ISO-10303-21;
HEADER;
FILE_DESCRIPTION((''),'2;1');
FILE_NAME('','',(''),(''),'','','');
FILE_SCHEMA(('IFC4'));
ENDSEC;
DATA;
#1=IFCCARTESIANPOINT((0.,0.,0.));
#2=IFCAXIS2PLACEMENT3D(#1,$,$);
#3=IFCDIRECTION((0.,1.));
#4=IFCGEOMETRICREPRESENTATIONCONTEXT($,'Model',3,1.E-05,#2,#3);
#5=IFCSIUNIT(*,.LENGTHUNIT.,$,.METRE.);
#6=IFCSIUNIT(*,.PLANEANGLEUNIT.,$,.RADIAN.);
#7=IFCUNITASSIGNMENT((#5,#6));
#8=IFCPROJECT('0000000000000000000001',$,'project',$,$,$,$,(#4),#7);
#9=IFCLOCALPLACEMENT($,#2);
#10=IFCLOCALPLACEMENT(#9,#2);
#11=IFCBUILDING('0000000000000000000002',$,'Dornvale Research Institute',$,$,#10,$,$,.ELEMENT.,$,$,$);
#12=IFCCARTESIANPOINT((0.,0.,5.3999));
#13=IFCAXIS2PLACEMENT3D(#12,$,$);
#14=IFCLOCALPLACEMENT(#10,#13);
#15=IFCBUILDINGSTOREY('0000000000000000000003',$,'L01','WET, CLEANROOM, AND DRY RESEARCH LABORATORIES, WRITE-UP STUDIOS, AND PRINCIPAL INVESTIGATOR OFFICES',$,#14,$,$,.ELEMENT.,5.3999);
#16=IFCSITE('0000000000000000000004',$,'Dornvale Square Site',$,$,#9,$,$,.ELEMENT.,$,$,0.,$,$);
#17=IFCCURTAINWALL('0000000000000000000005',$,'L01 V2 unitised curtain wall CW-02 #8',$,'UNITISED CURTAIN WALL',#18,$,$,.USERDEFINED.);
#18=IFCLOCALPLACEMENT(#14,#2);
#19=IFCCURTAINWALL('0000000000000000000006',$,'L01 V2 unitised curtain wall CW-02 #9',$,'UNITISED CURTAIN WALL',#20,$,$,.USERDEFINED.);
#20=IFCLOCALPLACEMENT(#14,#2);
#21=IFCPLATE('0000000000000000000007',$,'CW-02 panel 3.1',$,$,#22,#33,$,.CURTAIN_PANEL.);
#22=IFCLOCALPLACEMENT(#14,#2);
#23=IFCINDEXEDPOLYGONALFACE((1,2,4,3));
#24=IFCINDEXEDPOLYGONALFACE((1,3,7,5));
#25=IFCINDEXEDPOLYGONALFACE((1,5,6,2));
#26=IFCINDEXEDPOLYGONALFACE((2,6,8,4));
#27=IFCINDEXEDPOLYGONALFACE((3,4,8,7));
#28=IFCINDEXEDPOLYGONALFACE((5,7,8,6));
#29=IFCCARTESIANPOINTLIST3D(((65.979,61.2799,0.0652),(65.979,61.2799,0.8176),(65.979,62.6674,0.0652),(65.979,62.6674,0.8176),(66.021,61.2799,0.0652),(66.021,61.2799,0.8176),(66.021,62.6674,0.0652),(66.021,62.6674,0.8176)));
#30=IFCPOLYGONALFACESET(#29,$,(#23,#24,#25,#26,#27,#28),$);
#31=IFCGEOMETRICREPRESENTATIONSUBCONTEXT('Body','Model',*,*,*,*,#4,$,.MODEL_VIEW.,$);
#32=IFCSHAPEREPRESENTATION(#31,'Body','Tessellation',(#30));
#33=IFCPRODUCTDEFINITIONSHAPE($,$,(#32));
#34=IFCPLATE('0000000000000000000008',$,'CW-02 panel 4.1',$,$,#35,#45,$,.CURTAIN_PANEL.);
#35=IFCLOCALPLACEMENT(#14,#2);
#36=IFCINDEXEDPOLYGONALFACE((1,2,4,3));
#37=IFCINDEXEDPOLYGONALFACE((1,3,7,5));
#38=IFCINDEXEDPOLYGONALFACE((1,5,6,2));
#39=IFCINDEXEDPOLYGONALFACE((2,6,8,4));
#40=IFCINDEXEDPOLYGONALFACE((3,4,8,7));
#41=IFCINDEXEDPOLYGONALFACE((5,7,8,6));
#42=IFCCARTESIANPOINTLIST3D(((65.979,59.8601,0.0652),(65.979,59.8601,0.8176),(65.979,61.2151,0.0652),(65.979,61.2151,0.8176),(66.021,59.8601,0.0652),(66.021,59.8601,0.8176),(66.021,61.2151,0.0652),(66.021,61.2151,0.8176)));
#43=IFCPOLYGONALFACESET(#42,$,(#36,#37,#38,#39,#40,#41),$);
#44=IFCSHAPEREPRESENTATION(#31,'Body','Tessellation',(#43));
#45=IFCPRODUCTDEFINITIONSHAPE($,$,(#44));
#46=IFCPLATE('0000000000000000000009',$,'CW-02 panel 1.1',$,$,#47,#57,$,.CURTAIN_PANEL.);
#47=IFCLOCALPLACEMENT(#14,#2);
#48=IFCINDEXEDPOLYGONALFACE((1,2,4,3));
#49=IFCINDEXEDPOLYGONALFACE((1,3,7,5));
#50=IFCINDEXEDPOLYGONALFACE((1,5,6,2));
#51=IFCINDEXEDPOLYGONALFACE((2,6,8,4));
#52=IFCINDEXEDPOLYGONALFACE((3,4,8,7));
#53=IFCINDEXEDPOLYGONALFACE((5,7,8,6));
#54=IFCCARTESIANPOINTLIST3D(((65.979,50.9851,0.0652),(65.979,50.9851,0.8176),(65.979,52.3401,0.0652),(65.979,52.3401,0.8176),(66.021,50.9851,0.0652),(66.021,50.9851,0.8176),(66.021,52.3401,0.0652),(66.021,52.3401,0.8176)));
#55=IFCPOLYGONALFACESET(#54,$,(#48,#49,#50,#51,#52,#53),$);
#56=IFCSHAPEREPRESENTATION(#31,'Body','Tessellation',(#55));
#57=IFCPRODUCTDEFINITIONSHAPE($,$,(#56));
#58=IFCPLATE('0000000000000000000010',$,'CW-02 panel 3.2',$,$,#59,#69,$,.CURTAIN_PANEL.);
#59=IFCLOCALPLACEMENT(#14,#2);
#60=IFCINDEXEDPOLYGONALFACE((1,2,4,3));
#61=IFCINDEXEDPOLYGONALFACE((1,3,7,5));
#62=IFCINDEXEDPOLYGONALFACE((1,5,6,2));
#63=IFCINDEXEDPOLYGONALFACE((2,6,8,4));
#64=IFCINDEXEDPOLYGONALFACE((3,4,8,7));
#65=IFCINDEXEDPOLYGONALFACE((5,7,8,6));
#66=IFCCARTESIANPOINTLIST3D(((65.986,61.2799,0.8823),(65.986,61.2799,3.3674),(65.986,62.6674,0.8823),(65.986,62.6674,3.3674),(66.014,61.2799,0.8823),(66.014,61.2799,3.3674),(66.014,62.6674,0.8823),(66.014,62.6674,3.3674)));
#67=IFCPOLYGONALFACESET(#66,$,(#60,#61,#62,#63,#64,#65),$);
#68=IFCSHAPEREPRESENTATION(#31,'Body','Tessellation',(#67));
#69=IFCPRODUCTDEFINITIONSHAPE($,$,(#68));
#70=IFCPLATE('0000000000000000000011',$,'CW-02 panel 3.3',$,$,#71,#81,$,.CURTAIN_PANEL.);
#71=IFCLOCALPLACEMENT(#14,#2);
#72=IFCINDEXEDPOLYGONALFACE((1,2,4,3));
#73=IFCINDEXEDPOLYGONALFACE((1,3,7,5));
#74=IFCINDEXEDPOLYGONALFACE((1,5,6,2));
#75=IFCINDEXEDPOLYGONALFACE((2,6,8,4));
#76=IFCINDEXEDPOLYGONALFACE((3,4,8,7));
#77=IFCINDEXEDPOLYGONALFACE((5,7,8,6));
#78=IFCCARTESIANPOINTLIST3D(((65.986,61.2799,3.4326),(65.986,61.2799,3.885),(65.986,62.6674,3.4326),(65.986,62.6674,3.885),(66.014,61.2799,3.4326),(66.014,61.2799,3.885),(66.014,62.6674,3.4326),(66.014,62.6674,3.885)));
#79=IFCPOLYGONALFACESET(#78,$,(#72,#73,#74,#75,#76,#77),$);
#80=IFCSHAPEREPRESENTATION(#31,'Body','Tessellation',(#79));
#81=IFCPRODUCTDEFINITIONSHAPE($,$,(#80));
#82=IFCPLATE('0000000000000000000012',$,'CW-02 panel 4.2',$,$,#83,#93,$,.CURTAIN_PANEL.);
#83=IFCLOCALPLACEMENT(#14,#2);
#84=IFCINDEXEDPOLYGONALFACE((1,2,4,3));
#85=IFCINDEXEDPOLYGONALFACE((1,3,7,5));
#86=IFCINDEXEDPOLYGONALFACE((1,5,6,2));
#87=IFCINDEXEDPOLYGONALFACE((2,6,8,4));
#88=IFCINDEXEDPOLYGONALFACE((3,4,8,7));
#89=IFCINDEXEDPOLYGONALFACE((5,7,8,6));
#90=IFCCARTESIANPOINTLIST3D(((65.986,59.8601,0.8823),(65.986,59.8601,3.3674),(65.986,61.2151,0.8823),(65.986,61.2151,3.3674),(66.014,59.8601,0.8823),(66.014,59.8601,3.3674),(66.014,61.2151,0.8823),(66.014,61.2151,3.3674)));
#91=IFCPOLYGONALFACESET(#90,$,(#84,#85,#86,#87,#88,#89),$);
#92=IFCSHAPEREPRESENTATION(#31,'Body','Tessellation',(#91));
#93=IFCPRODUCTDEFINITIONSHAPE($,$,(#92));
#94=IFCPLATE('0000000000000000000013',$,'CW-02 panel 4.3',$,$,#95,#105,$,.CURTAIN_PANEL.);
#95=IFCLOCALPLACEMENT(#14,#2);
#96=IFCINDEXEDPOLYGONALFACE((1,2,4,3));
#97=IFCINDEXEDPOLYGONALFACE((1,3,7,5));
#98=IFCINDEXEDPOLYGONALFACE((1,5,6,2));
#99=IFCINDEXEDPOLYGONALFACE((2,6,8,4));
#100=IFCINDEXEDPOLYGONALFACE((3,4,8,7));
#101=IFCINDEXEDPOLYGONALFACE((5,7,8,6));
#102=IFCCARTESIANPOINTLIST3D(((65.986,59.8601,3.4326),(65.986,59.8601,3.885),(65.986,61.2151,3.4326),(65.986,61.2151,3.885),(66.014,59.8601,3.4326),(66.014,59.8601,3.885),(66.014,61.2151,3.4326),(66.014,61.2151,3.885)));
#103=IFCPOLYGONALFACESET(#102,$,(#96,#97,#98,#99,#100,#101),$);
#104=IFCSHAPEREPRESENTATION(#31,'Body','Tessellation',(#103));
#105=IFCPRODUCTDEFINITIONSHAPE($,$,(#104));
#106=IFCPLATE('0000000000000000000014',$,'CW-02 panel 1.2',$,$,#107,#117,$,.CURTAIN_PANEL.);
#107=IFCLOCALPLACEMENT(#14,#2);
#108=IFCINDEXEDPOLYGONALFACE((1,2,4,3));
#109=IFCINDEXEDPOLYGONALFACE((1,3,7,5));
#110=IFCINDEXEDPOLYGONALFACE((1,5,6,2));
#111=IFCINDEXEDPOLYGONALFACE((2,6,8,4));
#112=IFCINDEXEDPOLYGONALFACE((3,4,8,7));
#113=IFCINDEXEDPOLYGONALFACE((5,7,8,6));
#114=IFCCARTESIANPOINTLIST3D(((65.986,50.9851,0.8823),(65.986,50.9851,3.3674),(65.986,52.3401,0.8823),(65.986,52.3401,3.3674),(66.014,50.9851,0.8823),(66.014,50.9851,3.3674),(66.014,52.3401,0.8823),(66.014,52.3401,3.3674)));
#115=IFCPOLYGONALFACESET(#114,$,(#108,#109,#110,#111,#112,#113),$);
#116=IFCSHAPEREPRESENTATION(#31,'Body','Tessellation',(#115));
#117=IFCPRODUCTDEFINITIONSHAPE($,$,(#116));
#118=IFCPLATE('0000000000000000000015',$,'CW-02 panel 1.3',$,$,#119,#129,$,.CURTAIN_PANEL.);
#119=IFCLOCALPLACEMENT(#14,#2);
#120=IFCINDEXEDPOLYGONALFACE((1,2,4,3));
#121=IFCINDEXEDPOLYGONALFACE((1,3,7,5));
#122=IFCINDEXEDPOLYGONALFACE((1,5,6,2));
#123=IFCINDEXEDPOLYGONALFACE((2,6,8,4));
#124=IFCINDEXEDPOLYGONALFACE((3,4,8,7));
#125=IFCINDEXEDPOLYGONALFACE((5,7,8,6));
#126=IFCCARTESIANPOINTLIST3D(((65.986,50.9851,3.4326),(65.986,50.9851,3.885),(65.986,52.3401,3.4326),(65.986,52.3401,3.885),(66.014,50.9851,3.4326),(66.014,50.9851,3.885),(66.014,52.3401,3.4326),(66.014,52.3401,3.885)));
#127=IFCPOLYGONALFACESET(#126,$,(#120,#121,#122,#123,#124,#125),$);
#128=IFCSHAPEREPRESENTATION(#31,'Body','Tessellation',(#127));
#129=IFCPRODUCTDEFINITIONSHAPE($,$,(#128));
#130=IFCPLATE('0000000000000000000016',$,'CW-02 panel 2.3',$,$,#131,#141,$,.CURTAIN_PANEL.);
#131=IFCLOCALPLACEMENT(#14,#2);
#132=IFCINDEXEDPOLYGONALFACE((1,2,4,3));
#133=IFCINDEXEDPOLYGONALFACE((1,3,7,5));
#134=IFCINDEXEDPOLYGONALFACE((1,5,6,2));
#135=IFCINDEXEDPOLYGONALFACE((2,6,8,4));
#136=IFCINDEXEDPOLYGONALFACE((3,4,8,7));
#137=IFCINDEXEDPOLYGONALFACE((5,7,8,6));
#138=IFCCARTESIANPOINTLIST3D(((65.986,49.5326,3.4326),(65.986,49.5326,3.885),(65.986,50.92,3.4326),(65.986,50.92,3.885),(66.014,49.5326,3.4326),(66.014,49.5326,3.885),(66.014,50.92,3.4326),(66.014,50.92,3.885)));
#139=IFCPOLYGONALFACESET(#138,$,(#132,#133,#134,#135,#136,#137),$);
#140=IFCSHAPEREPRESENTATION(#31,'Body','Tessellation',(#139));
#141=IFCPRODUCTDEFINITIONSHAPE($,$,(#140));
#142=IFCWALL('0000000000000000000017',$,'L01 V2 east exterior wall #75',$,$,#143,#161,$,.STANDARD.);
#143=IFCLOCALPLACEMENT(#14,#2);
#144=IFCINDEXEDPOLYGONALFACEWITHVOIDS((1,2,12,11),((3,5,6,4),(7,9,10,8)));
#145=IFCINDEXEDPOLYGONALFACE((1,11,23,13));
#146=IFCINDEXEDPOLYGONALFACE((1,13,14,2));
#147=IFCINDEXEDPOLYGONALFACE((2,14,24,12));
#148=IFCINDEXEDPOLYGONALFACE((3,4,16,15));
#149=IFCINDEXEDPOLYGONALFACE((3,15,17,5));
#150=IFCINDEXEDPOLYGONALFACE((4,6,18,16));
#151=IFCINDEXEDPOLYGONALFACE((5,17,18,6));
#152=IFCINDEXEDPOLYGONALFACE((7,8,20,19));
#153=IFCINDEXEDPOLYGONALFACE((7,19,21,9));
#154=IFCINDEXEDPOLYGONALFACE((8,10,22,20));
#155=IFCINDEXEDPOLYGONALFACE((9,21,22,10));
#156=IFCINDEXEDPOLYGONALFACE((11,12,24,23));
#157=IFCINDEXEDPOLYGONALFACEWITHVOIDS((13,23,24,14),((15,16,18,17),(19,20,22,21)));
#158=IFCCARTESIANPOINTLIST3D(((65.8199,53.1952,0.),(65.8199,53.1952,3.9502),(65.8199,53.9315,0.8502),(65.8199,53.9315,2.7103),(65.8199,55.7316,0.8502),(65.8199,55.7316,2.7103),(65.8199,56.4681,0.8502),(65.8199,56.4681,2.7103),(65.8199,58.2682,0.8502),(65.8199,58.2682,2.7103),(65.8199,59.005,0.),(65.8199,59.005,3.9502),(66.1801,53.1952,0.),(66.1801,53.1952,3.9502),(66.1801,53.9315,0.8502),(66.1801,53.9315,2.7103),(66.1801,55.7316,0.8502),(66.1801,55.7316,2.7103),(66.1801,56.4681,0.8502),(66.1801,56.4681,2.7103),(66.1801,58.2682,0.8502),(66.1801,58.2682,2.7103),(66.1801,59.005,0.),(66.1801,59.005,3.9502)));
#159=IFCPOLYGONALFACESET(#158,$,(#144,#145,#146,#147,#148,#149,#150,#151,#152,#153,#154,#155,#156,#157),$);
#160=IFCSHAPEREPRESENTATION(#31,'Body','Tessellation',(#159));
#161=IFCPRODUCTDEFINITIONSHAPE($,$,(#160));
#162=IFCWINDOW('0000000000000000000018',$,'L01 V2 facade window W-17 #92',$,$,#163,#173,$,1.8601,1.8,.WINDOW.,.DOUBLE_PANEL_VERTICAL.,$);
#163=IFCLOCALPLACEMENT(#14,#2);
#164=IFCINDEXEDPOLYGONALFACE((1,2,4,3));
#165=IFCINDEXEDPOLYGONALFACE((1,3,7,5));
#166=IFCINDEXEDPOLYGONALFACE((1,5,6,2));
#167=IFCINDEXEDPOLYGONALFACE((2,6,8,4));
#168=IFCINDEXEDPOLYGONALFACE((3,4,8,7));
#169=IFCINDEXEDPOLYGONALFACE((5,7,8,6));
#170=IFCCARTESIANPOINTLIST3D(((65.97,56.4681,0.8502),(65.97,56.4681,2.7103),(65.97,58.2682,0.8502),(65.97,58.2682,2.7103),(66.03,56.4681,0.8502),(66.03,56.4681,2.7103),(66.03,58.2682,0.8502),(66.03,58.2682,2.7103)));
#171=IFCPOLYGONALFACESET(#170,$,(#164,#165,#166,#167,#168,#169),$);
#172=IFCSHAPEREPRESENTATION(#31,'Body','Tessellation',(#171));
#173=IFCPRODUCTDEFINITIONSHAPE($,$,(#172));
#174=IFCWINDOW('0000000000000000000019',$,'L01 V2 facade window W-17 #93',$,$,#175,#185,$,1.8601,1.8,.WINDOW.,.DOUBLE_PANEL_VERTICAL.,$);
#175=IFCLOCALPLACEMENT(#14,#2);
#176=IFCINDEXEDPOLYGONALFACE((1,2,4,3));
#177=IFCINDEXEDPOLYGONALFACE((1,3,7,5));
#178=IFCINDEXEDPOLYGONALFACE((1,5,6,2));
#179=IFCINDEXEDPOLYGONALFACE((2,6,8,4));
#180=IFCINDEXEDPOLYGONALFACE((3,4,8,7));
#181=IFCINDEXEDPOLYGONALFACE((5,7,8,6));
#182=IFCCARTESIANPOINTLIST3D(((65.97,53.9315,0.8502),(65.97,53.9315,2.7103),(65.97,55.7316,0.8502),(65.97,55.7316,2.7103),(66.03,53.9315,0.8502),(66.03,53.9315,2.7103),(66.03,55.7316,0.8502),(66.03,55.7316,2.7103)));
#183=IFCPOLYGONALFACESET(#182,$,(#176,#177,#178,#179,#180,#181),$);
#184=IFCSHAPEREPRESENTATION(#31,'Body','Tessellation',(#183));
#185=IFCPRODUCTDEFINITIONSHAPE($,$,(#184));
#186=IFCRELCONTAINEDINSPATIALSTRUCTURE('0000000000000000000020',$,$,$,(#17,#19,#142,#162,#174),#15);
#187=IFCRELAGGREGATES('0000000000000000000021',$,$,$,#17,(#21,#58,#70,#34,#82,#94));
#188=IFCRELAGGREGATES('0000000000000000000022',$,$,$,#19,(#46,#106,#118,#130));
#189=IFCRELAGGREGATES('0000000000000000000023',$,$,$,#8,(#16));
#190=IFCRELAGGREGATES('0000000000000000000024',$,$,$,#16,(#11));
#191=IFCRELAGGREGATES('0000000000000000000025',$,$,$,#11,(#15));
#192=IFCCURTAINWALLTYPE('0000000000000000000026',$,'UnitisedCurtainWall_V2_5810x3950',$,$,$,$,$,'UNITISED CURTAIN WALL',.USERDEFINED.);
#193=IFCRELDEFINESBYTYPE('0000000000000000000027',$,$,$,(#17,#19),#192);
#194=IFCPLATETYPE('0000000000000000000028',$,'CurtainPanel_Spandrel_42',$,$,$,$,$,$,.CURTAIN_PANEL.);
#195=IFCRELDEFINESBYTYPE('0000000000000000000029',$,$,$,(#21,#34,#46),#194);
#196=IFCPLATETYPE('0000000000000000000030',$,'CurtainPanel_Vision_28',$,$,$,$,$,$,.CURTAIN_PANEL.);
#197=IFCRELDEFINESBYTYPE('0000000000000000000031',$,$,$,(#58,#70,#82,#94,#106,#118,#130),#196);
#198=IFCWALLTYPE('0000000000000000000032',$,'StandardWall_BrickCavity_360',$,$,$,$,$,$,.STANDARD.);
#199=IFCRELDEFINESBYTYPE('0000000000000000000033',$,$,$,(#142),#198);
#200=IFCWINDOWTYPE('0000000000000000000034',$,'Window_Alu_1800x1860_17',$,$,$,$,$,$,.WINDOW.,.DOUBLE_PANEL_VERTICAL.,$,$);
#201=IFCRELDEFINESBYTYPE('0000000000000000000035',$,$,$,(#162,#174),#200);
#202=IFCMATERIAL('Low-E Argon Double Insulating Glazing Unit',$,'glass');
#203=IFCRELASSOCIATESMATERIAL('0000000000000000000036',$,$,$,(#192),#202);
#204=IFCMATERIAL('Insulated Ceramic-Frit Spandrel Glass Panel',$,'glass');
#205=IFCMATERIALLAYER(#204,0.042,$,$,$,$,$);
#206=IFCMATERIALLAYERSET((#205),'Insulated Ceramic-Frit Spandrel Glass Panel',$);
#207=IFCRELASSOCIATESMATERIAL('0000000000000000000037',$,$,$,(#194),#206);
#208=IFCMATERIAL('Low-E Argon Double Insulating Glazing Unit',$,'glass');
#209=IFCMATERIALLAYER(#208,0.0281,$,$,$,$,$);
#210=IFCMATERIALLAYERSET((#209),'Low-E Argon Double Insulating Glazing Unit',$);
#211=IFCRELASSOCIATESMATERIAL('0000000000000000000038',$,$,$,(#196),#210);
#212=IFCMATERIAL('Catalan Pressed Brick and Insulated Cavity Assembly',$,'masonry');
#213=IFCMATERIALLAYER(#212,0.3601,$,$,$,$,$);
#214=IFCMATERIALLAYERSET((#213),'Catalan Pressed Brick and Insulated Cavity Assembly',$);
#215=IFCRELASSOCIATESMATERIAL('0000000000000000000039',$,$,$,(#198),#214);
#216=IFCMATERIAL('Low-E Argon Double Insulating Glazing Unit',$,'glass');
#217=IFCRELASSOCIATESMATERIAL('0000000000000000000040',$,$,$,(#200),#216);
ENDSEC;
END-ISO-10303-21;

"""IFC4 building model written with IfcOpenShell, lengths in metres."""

from ifc_helpers import new_model, si_unit, direction, frame, frame_2d, origin, origin_2d, place, context, subcontext, project, spatial, rectangle, extrude, material, layer, layer_set, type_object, element, fill, aggregate, save


model = new_model("IFC4")

# Units and contexts
model_context = context("Model", 3, precision=1e-05, world=origin(), true_north=direction((0.0, 1.0)))
body_context = subcontext(model_context, "Body", "Model", "MODEL_VIEW")
ifc_project = project(units=[si_unit("LENGTHUNIT", "METRE"), si_unit("PLANEANGLEUNIT", "RADIAN")], contexts=[model_context])

# Site, building, storey
site_placement = place(None, origin())
site = spatial("IfcSite", under=ifc_project, at=site_placement, Name="Dornvale Square Site", CompositionType="ELEMENT", RefElevation=0.0)
building_placement = place(site_placement, origin())
building = spatial("IfcBuilding", under=site, at=building_placement, Name="Dornvale Research Institute", CompositionType="ELEMENT")
storey_placement = place(building_placement, frame((0.0, 0.0, 5.3999)))
storey = spatial("IfcBuildingStorey", under=building, at=storey_placement, Name="L01", Description="WET, CLEANROOM, AND DRY RESEARCH LABORATORIES, WRITE-UP STUDIOS, AND PRINCIPAL INVESTIGATOR OFFICES", CompositionType="ELEMENT", Elevation=5.3999)

# Curtain walls
ifc_material_1 = material(Name="Low-E Argon Double Insulating Glazing Unit", Category="glass")
curtain_wall_type_1 = type_object("IfcCurtainWallType", Name="UnitisedCurtainWall_V2_5810x3950", ElementType="UNITISED CURTAIN WALL", PredefinedType="USERDEFINED", material=ifc_material_1)
curtain_wall_1_placement = place(storey_placement, origin())
curtain_wall_1 = element("IfcCurtainWall", 1, at=curtain_wall_1_placement, inside=storey, type_object=curtain_wall_type_1, Name="L01 V2 unitised curtain wall CW-02 #8", ObjectType="UNITISED CURTAIN WALL", PredefinedType="USERDEFINED")
curtain_wall_2_placement = place(storey_placement, origin())
curtain_wall_2 = element("IfcCurtainWall", 2, at=curtain_wall_2_placement, inside=storey, type_object=curtain_wall_type_1, Name="L01 V2 unitised curtain wall CW-02 #9", ObjectType="UNITISED CURTAIN WALL", PredefinedType="USERDEFINED")

# Plates
ifc_material_2 = material(Name="Insulated Ceramic-Frit Spandrel Glass Panel", Category="glass")
ifc_layer_1 = layer(ifc_material_2, 0.042)
ifc_layer_set_1 = layer_set([ifc_layer_1], Name="Insulated Ceramic-Frit Spandrel Glass Panel")
plate_type_1 = type_object("IfcPlateType", Name="CurtainPanel_Spandrel_42", PredefinedType="CURTAIN_PANEL", material=ifc_layer_set_1)
plate_1_placement = place(storey_placement, frame((66.0, 61.9736, 0.0652), z_axis=(0.0, 0.0, 1.0), x_axis=(0.0, -1.0, 0.0)))
plate_1 = element("IfcPlate", 3, at=plate_1_placement, type_object=plate_type_1, Name="CW-02 panel 3.1", PredefinedType="CURTAIN_PANEL", context=body_context, shape_type="SweptSolid", body=[
    extrude(rectangle(XDim=1.3875, YDim=0.042, at=origin_2d()), origin(), (0.0, 0.0, 1.0), 0.7524),
])
plate_2_placement = place(storey_placement, frame((66.0, 60.5376, 0.0652), z_axis=(0.0, 0.0, 1.0), x_axis=(0.0, -1.0, 0.0)))
plate_2 = element("IfcPlate", 4, at=plate_2_placement, type_object=plate_type_1, Name="CW-02 panel 4.1", PredefinedType="CURTAIN_PANEL", context=body_context, shape_type="SweptSolid", body=[
    extrude(rectangle(XDim=1.355, YDim=0.042, at=origin_2d()), origin(), (0.0, 0.0, 1.0), 0.7524),
])
plate_3_placement = place(storey_placement, frame((66.0, 51.6626, 0.0652), z_axis=(0.0, 0.0, 1.0), x_axis=(0.0, -1.0, 0.0)))
plate_3 = element("IfcPlate", 5, at=plate_3_placement, type_object=plate_type_1, Name="CW-02 panel 1.1", PredefinedType="CURTAIN_PANEL", context=body_context, shape_type="SweptSolid", body=[
    extrude(rectangle(XDim=1.355, YDim=0.042, at=origin_2d()), origin(), (0.0, 0.0, 1.0), 0.7524),
])
ifc_material_3 = material(Name="Low-E Argon Double Insulating Glazing Unit", Category="glass")
ifc_layer_2 = layer(ifc_material_3, 0.0281)
ifc_layer_set_2 = layer_set([ifc_layer_2], Name="Low-E Argon Double Insulating Glazing Unit")
plate_type_2 = type_object("IfcPlateType", Name="CurtainPanel_Vision_28", PredefinedType="CURTAIN_PANEL", material=ifc_layer_set_2)
plate_4_placement = place(storey_placement, frame((66.0, 61.9736, 0.8823), z_axis=(0.0, 0.0, 1.0), x_axis=(0.0, -1.0, 0.0)))
plate_4 = element("IfcPlate", 6, at=plate_4_placement, type_object=plate_type_2, Name="CW-02 panel 3.2", PredefinedType="CURTAIN_PANEL", context=body_context, shape_type="SweptSolid", body=[
    extrude(rectangle(XDim=1.3875, YDim=0.0281, at=origin_2d()), origin(), (0.0, 0.0, 1.0), 2.4851),
])
plate_5_placement = place(storey_placement, frame((66.0, 61.9736, 3.4326), z_axis=(0.0, 0.0, 1.0), x_axis=(0.0, -1.0, 0.0)))
plate_5 = element("IfcPlate", 7, at=plate_5_placement, type_object=plate_type_2, Name="CW-02 panel 3.3", PredefinedType="CURTAIN_PANEL", context=body_context, shape_type="SweptSolid", body=[
    extrude(rectangle(XDim=1.3875, YDim=0.0281, at=origin_2d()), origin(), (0.0, 0.0, 1.0), 0.4524),
])
plate_6_placement = place(storey_placement, frame((66.0, 60.5376, 0.8823), z_axis=(0.0, 0.0, 1.0), x_axis=(0.0, -1.0, 0.0)))
plate_6 = element("IfcPlate", 8, at=plate_6_placement, type_object=plate_type_2, Name="CW-02 panel 4.2", PredefinedType="CURTAIN_PANEL", context=body_context, shape_type="SweptSolid", body=[
    extrude(rectangle(XDim=1.355, YDim=0.0281, at=origin_2d()), origin(), (0.0, 0.0, 1.0), 2.4851),
])
plate_7_placement = place(storey_placement, frame((66.0, 60.5376, 3.4326), z_axis=(0.0, 0.0, 1.0), x_axis=(0.0, -1.0, 0.0)))
plate_7 = element("IfcPlate", 9, at=plate_7_placement, type_object=plate_type_2, Name="CW-02 panel 4.3", PredefinedType="CURTAIN_PANEL", context=body_context, shape_type="SweptSolid", body=[
    extrude(rectangle(XDim=1.355, YDim=0.0281, at=origin_2d()), origin(), (0.0, 0.0, 1.0), 0.4524),
])
aggregate(curtain_wall_1, [plate_1, plate_4, plate_5, plate_2, plate_6, plate_7])
plate_8_placement = place(storey_placement, frame((66.0, 51.6626, 0.8823), z_axis=(0.0, 0.0, 1.0), x_axis=(0.0, -1.0, 0.0)))
plate_8 = element("IfcPlate", 10, at=plate_8_placement, type_object=plate_type_2, Name="CW-02 panel 1.2", PredefinedType="CURTAIN_PANEL", context=body_context, shape_type="SweptSolid", body=[
    extrude(rectangle(XDim=1.355, YDim=0.0281, at=origin_2d()), origin(), (0.0, 0.0, 1.0), 2.4851),
])
plate_9_placement = place(storey_placement, frame((66.0, 51.6626, 3.4326), z_axis=(0.0, 0.0, 1.0), x_axis=(0.0, -1.0, 0.0)))
plate_9 = element("IfcPlate", 11, at=plate_9_placement, type_object=plate_type_2, Name="CW-02 panel 1.3", PredefinedType="CURTAIN_PANEL", context=body_context, shape_type="SweptSolid", body=[
    extrude(rectangle(XDim=1.355, YDim=0.0281, at=origin_2d()), origin(), (0.0, 0.0, 1.0), 0.4524),
])
plate_10_placement = place(storey_placement, frame((66.0, 50.2263, 3.4326), z_axis=(0.0, 0.0, 1.0), x_axis=(0.0, -1.0, 0.0)))
plate_10 = element("IfcPlate", 12, at=plate_10_placement, type_object=plate_type_2, Name="CW-02 panel 2.3", PredefinedType="CURTAIN_PANEL", context=body_context, shape_type="SweptSolid", body=[
    extrude(rectangle(XDim=1.3875, YDim=0.0281, at=origin_2d()), origin(), (0.0, 0.0, 1.0), 0.4524),
])
aggregate(curtain_wall_2, [plate_3, plate_8, plate_9, plate_10])

# Wall, openings, windows
ifc_material_4 = material(Name="Catalan Pressed Brick and Insulated Cavity Assembly", Category="masonry")
ifc_layer_3 = layer(ifc_material_4, 0.3601)
ifc_layer_set_3 = layer_set([ifc_layer_3], Name="Catalan Pressed Brick and Insulated Cavity Assembly")
wall_type = type_object("IfcWallType", Name="StandardWall_BrickCavity_360", PredefinedType="STANDARD", material=ifc_layer_set_3)
wall_placement = place(storey_placement, frame((66.0, 59.0049, 0.0), z_axis=(0.0, 0.0, 1.0), x_axis=(0.0, -1.0, 0.0)))
wall = element("IfcWall", 13, at=wall_placement, inside=storey, type_object=wall_type, Name="L01 V2 east exterior wall #75", PredefinedType="STANDARD", context=body_context, shape_type="SweptSolid", body=[
    extrude(rectangle(XDim=5.8098, YDim=0.3601, at=frame_2d((2.9048, 0.0))), origin(), (0.0, 0.0, 1.0), 3.9502),
])
opening_1_placement = place(wall_placement, frame((0.7368, 0.0, 0.8501)))
opening_1 = element("IfcOpeningElement", 14, at=opening_1_placement, cuts=wall, PredefinedType="OPENING", context=body_context, shape_type="SweptSolid", body=[
    extrude(rectangle(XDim=1.8, YDim=1.8601, at=frame_2d((0.8999, 0.9302))), frame((0.0, 0.1951, 0.0), z_axis=(0.0, -1.0, 0.0), x_axis=(1.0, 0.0, 0.0)), (0.0, 0.0, 1.0), 0.3901),
])
opening_2_placement = place(wall_placement, frame((3.2734, 0.0, 0.8501)))
opening_2 = element("IfcOpeningElement", 15, at=opening_2_placement, cuts=wall, PredefinedType="OPENING", context=body_context, shape_type="SweptSolid", body=[
    extrude(rectangle(XDim=1.8, YDim=1.8601, at=frame_2d((0.8999, 0.9302))), frame((0.0, 0.1951, 0.0), z_axis=(0.0, -1.0, 0.0), x_axis=(1.0, 0.0, 0.0)), (0.0, 0.0, 1.0), 0.3901),
])
ifc_material_5 = material(Name="Low-E Argon Double Insulating Glazing Unit", Category="glass")
window_type = type_object("IfcWindowType", Name="Window_Alu_1800x1860_17", PartitioningType="DOUBLE_PANEL_VERTICAL", PredefinedType="WINDOW", material=ifc_material_5)
window_1_placement = place(opening_1_placement, origin())
window_1 = element("IfcWindow", 16, at=window_1_placement, inside=storey, type_object=window_type, Name="L01 V2 facade window W-17 #92", OverallHeight=1.8601, OverallWidth=1.8, PartitioningType="DOUBLE_PANEL_VERTICAL", PredefinedType="WINDOW", context=body_context, shape_type="SweptSolid", body=[
    extrude(rectangle(XDim=1.8, YDim=1.8601, at=frame_2d((0.8999, 0.9302))), frame((0.0, 0.03, 0.0), z_axis=(0.0, -1.0, 0.0), x_axis=(1.0, 0.0, 0.0)), (0.0, 0.0, 1.0), 0.0601),
])
fill(opening_1, window_1)
window_2_placement = place(opening_2_placement, origin())
window_2 = element("IfcWindow", 17, at=window_2_placement, inside=storey, type_object=window_type, Name="L01 V2 facade window W-17 #93", OverallHeight=1.8601, OverallWidth=1.8, PartitioningType="DOUBLE_PANEL_VERTICAL", PredefinedType="WINDOW", context=body_context, shape_type="SweptSolid", body=[
    extrude(rectangle(XDim=1.8, YDim=1.8601, at=frame_2d((0.8999, 0.9302))), frame((0.0, 0.03, 0.0), z_axis=(0.0, -1.0, 0.0), x_axis=(1.0, 0.0, 0.0)), (0.0, 0.0, 1.0), 0.0601),
])
fill(opening_2, window_2)

save(model, "model.ifc")
